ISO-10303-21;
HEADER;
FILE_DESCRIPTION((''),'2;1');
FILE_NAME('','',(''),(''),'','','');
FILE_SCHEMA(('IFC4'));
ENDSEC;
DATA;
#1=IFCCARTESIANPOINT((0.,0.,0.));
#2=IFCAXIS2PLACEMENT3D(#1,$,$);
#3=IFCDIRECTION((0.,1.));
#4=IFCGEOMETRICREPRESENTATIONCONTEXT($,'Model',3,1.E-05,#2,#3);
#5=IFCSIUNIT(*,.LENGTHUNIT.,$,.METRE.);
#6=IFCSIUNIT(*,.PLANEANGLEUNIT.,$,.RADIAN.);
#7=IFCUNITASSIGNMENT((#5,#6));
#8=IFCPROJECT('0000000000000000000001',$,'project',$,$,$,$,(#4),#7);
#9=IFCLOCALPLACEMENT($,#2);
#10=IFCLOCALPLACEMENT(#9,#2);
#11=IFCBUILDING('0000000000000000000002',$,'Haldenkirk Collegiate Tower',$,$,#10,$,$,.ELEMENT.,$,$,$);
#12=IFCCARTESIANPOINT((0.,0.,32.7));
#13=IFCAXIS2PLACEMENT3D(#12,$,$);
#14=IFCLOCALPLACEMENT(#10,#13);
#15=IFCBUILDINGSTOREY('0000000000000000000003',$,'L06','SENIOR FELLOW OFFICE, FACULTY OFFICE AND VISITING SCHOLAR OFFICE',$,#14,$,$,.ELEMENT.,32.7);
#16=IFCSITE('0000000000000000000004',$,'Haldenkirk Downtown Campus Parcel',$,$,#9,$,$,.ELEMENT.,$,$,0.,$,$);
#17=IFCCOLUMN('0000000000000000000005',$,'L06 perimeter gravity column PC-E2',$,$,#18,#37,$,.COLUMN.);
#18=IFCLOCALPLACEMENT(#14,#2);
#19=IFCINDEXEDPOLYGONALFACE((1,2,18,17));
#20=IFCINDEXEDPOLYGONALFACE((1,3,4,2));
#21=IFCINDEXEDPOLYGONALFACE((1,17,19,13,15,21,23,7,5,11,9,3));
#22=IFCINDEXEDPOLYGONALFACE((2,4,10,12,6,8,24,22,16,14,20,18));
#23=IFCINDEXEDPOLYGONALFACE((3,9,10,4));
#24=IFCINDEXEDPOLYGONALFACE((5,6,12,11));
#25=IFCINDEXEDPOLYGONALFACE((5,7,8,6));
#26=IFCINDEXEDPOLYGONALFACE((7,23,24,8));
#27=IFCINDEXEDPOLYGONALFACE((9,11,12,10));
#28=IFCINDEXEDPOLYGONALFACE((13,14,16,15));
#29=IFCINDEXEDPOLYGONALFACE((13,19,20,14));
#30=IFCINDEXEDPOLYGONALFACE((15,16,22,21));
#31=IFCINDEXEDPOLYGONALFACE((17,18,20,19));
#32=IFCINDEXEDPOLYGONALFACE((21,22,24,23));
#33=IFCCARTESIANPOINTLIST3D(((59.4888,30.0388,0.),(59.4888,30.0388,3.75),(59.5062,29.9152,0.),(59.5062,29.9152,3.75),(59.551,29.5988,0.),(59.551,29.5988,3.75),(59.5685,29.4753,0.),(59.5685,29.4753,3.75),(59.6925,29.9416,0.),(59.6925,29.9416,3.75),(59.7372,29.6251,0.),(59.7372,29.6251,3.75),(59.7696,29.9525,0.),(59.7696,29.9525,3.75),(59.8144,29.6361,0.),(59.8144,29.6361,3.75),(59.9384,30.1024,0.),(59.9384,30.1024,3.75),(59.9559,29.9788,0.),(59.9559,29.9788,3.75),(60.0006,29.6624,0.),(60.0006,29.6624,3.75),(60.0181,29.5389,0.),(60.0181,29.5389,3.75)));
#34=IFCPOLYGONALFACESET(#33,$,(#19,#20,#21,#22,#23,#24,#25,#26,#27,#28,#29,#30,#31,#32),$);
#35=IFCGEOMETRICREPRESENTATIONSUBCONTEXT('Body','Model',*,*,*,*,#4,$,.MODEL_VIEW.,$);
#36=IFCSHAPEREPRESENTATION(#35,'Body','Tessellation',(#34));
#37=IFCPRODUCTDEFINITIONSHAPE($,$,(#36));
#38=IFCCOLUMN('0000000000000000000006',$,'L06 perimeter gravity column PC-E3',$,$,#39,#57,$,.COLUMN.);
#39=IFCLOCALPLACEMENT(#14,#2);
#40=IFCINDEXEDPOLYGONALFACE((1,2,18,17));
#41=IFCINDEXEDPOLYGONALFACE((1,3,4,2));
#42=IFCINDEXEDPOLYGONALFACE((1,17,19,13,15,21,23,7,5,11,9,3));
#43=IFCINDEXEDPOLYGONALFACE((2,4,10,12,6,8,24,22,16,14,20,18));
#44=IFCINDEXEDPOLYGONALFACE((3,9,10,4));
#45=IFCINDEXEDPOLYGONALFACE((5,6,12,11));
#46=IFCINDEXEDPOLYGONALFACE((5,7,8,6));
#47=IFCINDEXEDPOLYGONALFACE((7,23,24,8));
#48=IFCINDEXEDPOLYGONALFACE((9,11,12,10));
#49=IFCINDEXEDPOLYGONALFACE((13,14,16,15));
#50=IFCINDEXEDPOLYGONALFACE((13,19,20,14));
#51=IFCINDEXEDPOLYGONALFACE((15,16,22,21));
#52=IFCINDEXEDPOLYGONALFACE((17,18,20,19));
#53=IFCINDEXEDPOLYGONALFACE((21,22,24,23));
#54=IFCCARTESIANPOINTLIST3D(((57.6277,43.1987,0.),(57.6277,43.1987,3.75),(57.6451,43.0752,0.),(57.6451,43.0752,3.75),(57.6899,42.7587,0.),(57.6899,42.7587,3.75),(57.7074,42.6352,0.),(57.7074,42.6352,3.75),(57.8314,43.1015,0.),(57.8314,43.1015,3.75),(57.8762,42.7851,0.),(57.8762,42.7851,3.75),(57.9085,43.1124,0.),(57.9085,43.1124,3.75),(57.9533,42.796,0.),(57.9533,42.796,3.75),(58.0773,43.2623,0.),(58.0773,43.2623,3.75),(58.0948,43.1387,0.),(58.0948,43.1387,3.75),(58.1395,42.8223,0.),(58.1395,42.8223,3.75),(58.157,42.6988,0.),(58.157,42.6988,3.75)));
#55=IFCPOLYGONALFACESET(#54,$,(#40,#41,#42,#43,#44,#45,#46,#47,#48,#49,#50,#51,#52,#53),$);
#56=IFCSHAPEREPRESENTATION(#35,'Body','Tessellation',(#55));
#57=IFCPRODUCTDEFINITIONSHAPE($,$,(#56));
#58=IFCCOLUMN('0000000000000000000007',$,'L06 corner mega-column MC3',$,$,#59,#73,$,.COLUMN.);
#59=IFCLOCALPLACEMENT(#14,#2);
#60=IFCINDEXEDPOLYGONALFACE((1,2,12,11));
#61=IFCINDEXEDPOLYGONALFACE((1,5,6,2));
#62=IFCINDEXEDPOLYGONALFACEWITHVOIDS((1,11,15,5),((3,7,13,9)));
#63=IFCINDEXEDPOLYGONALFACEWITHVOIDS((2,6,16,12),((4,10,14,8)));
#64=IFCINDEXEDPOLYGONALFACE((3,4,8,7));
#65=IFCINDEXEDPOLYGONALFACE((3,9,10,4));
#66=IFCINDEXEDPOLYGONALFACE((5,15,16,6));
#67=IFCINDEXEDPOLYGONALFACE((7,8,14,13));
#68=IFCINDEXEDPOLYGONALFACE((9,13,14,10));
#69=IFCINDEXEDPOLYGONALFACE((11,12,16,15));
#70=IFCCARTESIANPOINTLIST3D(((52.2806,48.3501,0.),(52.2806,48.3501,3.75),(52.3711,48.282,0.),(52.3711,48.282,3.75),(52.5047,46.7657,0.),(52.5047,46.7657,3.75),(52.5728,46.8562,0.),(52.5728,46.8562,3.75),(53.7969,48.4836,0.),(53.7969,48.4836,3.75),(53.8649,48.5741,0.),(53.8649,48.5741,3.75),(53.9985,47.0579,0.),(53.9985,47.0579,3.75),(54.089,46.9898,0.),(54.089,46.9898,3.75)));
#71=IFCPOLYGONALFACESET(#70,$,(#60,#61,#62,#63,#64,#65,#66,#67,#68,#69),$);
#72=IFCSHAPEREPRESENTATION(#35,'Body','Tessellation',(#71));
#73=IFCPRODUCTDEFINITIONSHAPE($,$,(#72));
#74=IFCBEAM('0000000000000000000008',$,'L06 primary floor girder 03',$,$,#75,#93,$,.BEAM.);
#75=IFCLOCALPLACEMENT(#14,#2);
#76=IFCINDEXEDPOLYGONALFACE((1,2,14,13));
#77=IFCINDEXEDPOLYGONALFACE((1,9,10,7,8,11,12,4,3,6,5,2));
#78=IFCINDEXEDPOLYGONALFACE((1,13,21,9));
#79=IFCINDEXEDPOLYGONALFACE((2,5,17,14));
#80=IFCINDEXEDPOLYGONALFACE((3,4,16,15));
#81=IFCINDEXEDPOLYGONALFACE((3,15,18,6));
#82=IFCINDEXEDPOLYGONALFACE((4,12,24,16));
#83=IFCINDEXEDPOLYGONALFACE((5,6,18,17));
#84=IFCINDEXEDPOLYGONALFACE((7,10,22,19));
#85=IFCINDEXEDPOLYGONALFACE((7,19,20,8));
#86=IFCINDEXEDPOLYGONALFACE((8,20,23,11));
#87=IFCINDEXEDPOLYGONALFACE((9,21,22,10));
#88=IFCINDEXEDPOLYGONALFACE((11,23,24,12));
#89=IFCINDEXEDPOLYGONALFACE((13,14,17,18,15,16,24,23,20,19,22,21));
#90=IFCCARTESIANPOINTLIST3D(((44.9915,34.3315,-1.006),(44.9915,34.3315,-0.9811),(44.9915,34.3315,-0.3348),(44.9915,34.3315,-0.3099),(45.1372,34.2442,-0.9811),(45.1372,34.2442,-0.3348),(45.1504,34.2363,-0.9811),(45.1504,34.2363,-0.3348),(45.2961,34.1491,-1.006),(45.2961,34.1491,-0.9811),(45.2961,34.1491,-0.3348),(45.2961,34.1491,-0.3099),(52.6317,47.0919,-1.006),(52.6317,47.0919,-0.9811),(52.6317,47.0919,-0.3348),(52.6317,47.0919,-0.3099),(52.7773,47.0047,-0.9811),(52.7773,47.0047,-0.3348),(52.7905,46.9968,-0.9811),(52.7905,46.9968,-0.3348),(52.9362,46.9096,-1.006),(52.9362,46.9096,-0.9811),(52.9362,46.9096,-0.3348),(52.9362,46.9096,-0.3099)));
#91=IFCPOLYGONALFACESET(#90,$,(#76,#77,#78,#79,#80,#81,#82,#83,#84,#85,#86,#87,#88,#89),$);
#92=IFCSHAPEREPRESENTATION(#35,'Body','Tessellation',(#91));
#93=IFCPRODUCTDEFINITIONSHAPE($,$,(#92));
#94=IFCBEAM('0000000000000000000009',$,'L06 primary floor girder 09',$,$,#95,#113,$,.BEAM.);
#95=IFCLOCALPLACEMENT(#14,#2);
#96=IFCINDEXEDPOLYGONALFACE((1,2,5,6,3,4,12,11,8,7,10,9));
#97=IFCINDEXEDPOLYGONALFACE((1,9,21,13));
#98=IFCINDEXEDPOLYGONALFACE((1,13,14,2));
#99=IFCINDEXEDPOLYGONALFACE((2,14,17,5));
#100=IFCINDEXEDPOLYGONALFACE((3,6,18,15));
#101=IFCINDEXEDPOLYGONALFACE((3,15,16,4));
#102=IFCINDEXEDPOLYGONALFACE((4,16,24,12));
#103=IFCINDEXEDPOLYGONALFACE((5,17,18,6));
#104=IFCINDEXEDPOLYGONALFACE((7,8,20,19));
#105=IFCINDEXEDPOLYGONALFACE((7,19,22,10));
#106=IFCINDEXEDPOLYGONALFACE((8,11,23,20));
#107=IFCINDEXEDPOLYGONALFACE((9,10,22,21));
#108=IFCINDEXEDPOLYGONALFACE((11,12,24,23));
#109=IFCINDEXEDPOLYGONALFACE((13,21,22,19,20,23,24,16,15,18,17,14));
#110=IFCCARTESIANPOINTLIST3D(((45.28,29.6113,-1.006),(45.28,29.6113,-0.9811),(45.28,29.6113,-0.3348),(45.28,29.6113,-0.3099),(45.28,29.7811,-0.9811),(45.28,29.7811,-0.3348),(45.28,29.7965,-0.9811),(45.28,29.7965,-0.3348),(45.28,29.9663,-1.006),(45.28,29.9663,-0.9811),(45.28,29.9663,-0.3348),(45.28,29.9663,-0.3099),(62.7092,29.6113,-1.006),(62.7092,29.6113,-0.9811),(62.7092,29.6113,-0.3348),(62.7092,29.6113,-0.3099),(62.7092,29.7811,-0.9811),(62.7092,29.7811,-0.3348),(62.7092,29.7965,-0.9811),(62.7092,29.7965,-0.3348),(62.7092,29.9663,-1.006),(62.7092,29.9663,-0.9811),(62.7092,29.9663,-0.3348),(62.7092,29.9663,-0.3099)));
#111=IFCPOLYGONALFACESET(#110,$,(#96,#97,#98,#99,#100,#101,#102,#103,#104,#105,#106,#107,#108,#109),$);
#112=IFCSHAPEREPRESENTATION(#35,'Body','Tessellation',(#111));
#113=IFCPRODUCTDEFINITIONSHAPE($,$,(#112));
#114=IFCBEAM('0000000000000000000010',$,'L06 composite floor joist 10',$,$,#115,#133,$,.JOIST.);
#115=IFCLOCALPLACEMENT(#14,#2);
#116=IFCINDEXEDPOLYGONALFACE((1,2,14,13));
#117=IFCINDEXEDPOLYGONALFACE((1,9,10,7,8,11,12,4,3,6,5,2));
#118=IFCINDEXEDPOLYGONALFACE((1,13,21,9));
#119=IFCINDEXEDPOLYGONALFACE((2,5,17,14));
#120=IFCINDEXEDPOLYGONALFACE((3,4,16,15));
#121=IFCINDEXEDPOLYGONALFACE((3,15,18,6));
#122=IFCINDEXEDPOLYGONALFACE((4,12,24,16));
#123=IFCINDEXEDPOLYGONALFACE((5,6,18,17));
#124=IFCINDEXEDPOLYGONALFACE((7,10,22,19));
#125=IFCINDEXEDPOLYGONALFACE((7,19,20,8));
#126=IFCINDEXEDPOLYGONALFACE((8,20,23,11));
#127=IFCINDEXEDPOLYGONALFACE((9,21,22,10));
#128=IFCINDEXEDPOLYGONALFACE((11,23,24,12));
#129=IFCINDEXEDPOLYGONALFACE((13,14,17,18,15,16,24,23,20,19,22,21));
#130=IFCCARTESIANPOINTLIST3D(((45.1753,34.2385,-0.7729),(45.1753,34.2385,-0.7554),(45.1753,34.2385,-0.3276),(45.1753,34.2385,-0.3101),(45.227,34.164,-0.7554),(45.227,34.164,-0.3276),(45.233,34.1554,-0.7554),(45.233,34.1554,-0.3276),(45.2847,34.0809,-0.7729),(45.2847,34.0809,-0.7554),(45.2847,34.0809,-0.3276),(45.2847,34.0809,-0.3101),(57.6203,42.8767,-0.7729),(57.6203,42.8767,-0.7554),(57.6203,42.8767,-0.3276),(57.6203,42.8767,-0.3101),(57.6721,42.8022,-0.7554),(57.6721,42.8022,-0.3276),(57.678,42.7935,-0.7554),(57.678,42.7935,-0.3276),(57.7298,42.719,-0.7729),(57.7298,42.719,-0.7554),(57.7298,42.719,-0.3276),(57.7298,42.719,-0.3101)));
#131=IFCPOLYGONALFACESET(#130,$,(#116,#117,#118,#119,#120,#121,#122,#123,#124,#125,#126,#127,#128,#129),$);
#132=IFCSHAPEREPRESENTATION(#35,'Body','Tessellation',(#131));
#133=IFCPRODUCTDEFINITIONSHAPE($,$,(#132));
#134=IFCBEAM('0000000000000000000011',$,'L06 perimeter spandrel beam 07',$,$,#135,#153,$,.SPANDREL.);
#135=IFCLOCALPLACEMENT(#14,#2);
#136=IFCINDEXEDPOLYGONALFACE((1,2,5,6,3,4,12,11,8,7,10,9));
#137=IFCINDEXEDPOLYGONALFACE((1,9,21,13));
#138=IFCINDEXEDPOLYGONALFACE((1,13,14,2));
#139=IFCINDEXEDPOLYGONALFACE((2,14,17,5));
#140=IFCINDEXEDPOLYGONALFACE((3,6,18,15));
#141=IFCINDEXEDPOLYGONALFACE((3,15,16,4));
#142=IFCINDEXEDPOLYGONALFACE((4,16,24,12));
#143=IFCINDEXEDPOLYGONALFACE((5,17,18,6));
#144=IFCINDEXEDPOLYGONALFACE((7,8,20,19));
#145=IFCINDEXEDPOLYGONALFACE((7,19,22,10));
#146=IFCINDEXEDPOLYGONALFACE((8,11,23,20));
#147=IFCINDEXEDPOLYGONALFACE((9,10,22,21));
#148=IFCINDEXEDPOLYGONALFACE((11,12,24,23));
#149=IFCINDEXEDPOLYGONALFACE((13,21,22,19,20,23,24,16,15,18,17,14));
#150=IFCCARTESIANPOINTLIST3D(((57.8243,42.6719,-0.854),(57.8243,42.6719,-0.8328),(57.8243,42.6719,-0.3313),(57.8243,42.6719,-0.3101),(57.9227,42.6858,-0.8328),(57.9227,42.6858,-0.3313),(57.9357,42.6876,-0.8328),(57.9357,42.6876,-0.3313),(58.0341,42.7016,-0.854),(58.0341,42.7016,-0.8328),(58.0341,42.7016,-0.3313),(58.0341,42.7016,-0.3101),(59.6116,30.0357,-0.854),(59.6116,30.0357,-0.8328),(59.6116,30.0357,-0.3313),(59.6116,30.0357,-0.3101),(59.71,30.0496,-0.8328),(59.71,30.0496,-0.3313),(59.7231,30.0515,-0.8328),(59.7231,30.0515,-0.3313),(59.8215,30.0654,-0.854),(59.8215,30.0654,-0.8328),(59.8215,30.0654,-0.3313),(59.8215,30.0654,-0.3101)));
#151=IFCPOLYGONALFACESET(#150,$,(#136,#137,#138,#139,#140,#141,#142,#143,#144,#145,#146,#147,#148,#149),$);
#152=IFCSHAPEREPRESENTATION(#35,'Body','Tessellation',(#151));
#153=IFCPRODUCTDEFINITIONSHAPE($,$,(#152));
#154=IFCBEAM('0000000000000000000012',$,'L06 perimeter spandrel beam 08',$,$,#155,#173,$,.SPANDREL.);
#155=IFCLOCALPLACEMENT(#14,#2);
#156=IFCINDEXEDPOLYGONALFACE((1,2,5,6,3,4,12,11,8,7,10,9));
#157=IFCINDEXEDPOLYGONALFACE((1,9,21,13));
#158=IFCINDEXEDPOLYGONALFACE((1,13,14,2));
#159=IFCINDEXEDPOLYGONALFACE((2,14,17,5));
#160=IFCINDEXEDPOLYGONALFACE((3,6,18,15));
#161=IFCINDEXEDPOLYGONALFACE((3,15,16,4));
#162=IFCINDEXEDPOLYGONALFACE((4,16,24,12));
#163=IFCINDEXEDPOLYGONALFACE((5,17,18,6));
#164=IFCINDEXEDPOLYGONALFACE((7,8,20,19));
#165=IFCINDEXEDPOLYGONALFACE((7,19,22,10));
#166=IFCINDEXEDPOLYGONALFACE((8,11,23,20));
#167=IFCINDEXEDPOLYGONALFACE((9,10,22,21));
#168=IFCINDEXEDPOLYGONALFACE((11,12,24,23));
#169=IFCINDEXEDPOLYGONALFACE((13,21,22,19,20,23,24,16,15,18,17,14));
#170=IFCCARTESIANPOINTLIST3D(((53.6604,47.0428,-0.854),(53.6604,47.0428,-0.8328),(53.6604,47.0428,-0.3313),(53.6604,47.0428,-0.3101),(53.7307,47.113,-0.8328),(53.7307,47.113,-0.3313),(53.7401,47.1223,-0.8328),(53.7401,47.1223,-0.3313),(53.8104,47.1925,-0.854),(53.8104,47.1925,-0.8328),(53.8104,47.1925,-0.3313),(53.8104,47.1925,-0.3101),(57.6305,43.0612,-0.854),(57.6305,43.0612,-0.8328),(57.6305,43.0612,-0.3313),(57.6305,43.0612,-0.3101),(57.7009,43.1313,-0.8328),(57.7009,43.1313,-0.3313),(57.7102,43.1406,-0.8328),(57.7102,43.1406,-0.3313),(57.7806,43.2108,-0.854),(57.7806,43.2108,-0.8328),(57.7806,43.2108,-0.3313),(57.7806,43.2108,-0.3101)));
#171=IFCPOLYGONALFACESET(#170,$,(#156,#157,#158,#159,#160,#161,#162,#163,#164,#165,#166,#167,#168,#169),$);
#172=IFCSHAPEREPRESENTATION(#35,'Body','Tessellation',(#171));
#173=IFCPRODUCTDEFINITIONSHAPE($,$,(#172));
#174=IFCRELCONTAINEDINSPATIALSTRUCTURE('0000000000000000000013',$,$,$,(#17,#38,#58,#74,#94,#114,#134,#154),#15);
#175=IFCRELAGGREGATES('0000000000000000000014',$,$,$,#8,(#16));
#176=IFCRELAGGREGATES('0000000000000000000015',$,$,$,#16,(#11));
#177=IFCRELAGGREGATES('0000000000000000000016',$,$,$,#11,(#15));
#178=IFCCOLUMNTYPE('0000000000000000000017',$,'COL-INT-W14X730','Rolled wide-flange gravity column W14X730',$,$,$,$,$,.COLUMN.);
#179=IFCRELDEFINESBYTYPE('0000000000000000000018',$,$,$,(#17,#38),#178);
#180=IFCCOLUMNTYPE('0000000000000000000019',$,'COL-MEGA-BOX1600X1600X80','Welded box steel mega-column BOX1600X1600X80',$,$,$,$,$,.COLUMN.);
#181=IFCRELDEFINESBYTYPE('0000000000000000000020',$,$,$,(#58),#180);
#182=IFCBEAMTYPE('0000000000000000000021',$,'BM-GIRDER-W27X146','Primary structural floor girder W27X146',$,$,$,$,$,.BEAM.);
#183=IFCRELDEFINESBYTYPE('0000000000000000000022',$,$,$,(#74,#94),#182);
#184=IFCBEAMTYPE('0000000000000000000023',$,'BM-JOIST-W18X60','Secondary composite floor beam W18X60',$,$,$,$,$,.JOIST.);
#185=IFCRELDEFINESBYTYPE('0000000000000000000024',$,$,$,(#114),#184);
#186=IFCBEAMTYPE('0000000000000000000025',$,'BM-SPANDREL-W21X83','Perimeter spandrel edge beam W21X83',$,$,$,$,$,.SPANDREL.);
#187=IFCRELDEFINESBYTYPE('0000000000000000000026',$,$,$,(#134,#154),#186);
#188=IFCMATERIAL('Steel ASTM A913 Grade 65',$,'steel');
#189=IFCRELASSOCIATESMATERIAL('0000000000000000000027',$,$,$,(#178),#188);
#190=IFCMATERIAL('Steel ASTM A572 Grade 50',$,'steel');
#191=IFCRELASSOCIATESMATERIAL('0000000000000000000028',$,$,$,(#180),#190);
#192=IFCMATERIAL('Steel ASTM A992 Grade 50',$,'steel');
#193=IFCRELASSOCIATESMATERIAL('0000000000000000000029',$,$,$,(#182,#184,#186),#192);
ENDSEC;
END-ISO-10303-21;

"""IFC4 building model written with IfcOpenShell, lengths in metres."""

from ifc_helpers import new_model, si_unit, direction, frame, origin, origin_2d, place, context, subcontext, project, spatial, hollow_rectangle, i_section, extrude, material, material_profile, profile_set, type_object, element, save


model = new_model("IFC4")

# Units and contexts
model_context = context("Model", 3, precision=1e-05, world=origin(), true_north=direction((0.0, 1.0)))
body_context = subcontext(model_context, "Body", "Model", "MODEL_VIEW")
ifc_project = project(units=[si_unit("LENGTHUNIT", "METRE"), si_unit("PLANEANGLEUNIT", "RADIAN")], contexts=[model_context])

# Site, building, storey
site_placement = place(None, origin())
site = spatial("IfcSite", under=ifc_project, at=site_placement, Name="Haldenkirk Downtown Campus Parcel", CompositionType="ELEMENT", RefElevation=0.0)
building_placement = place(site_placement, origin())
building = spatial("IfcBuilding", under=site, at=building_placement, Name="Haldenkirk Collegiate Tower", CompositionType="ELEMENT")
storey_placement = place(building_placement, frame((0.0, 0.0, 32.7)))
storey = spatial("IfcBuildingStorey", under=building, at=storey_placement, Name="L06", Description="SENIOR FELLOW OFFICE, FACULTY OFFICE AND VISITING SCHOLAR OFFICE", CompositionType="ELEMENT", Elevation=32.7)

# Columns
ifc_material_1 = material(Name="Steel ASTM A913 Grade 65", Category="steel")
ifc_material_profile_1 = material_profile(ifc_material_1, i_section(OverallWidth=0.4541, OverallDepth=0.5691, WebThickness=0.0779, FlangeThickness=0.1248, at=origin_2d()), Name="W14X730")
ifc_profile_set_1 = profile_set([ifc_material_profile_1], Name="Steel ASTM A913 Grade 65")
column_type_1 = type_object("IfcColumnType", Name="COL-INT-W14X730", Description="Rolled wide-flange gravity column W14X730", PredefinedType="COLUMN", material=ifc_profile_set_1)
for number, where, z_axis, x_axis, name in (
    (1, (59.7534, 29.7888, 0.0), (0.0, 0.0, 1.0), (0.990146, 0.140037, 0.0), "L06 perimeter gravity column PC-E2"),
    (2, (57.8923, 42.9487, 0.0), (0.0, 0.0, 1.0), (0.990146, 0.140037, 0.0), "L06 perimeter gravity column PC-E3"),
):
    element("IfcColumn", number, at=place(storey_placement, frame(where, z_axis=z_axis, x_axis=x_axis)), inside=storey, type_object=column_type_1, Name=name, PredefinedType="COLUMN", context=body_context, shape_type="SweptSolid", body=[
        extrude(i_section(OverallWidth=0.4541, OverallDepth=0.5691, WebThickness=0.0779, FlangeThickness=0.1248, at=origin_2d()), origin(), (0.0, 0.0, 1.0), 3.75),
    ])
ifc_material_2 = material(Name="Steel ASTM A572 Grade 50", Category="steel")
ifc_material_profile_2 = material_profile(ifc_material_2, hollow_rectangle(XDim=1.6001, YDim=1.6001, WallThickness=0.0801, at=origin_2d()), Name="BOX1600X1600X80")
ifc_profile_set_2 = profile_set([ifc_material_profile_2], Name="Steel ASTM A572 Grade 50")
column_type_2 = type_object("IfcColumnType", Name="COL-MEGA-BOX1600X1600X80", Description="Welded box steel mega-column BOX1600X1600X80", PredefinedType="COLUMN", material=ifc_profile_set_2)
column_placement = place(storey_placement, frame((53.1848, 47.6699, 0.0), z_axis=(0.0, 0.0, 1.0), x_axis=(0.990146, 0.140037, 0.0)))
element("IfcColumn", 3, at=column_placement, inside=storey, type_object=column_type_2, Name="L06 corner mega-column MC3", PredefinedType="COLUMN", context=body_context, shape_type="SweptSolid", body=[
    extrude(hollow_rectangle(XDim=1.6001, YDim=1.6001, WallThickness=0.0801, at=origin_2d()), origin(), (0.0, 0.0, 1.0), 3.75),
])

# Beams
ifc_material_3 = material(Name="Steel ASTM A992 Grade 50", Category="steel")
ifc_material_profile_3 = material_profile(ifc_material_3, i_section(OverallWidth=0.355, OverallDepth=0.696, WebThickness=0.0154, FlangeThickness=0.0249, at=origin_2d()), Name="W27X146")
ifc_profile_set_3 = profile_set([ifc_material_profile_3], Name="Steel ASTM A992 Grade 50")
beam_type_1 = type_object("IfcBeamType", Name="BM-GIRDER-W27X146", Description="Primary structural floor girder W27X146", PredefinedType="BEAM", material=ifc_profile_set_3)
beam_1_placement = place(storey_placement, frame((52.7839, 47.0007, -0.658), z_axis=(-0.513696, -0.857972, 0.0), x_axis=(0.857972, -0.513696, 0.0)))
element("IfcBeam", 4, at=beam_1_placement, inside=storey, type_object=beam_type_1, Name="L06 primary floor girder 03", PredefinedType="BEAM", context=body_context, shape_type="SweptSolid", body=[
    extrude(i_section(OverallWidth=0.355, OverallDepth=0.696, WebThickness=0.0154, FlangeThickness=0.0249, at=origin_2d()), origin(), (0.0, 0.0, 1.0), 14.8728),
])
beam_2_placement = place(storey_placement, frame((62.7092, 29.7888, -0.658), z_axis=(-1.0, 0.0, 0.0), x_axis=(0.0, -1.0, 0.0)))
element("IfcBeam", 5, at=beam_2_placement, inside=storey, type_object=beam_type_1, Name="L06 primary floor girder 09", PredefinedType="BEAM", context=body_context, shape_type="SweptSolid", body=[
    extrude(i_section(OverallWidth=0.355, OverallDepth=0.696, WebThickness=0.0154, FlangeThickness=0.0249, at=origin_2d()), origin(), (0.0, 0.0, 1.0), 17.4292),
])
ifc_material_profile_4 = material_profile(ifc_material_3, i_section(OverallWidth=0.1919, OverallDepth=0.4629, WebThickness=0.0105, FlangeThickness=0.0176, at=origin_2d()), Name="W18X60")
ifc_profile_set_4 = profile_set([ifc_material_profile_4], Name="Steel ASTM A992 Grade 50")
beam_type_2 = type_object("IfcBeamType", Name="BM-JOIST-W18X60", Description="Secondary composite floor beam W18X60", PredefinedType="JOIST", material=ifc_profile_set_4)
beam_3_placement = place(storey_placement, frame((57.675, 42.7979, -0.5415), z_axis=(-0.821501, -0.570208, 0.0), x_axis=(0.570208, -0.821501, 0.0)))
element("IfcBeam", 6, at=beam_3_placement, inside=storey, type_object=beam_type_2, Name="L06 composite floor joist 10", PredefinedType="JOIST", context=body_context, shape_type="SweptSolid", body=[
    extrude(i_section(OverallWidth=0.1919, OverallDepth=0.4629, WebThickness=0.0105, FlangeThickness=0.0176, at=origin_2d()), origin(), (0.0, 0.0, 1.0), 15.1492),
])
ifc_material_profile_5 = material_profile(ifc_material_3, i_section(OverallWidth=0.2119, OverallDepth=0.5439, WebThickness=0.0132, FlangeThickness=0.0212, at=origin_2d()), Name="W21X83")
ifc_profile_set_5 = profile_set([ifc_material_profile_5], Name="Steel ASTM A992 Grade 50")
beam_type_3 = type_object("IfcBeamType", Name="BM-SPANDREL-W21X83", Description="Perimeter spandrel edge beam W21X83", PredefinedType="SPANDREL", material=ifc_profile_set_5)
beam_4_placement = place(storey_placement, frame((59.7166, 30.0505, -0.582), z_axis=(-0.140053, 0.990144, 0.0), x_axis=(-0.990144, -0.140053, 0.0)))
element("IfcBeam", 7, at=beam_4_placement, inside=storey, type_object=beam_type_3, Name="L06 perimeter spandrel beam 07", PredefinedType="SPANDREL", context=body_context, shape_type="SweptSolid", body=[
    extrude(i_section(OverallWidth=0.2119, OverallDepth=0.5439, WebThickness=0.0132, FlangeThickness=0.0212, at=origin_2d()), origin(), (0.0, 0.0, 1.0), 12.762),
])
beam_5_placement = place(storey_placement, frame((57.7056, 43.136, -0.582), z_axis=(-0.706086, 0.708126, 0.0), x_axis=(-0.708126, -0.706086, 0.0)))
element("IfcBeam", 8, at=beam_5_placement, inside=storey, type_object=beam_type_3, Name="L06 perimeter spandrel beam 08", PredefinedType="SPANDREL", context=body_context, shape_type="SweptSolid", body=[
    extrude(i_section(OverallWidth=0.2119, OverallDepth=0.5439, WebThickness=0.0132, FlangeThickness=0.0212, at=origin_2d()), origin(), (0.0, 0.0, 1.0), 5.6228),
])

save(model, "model.ifc")
